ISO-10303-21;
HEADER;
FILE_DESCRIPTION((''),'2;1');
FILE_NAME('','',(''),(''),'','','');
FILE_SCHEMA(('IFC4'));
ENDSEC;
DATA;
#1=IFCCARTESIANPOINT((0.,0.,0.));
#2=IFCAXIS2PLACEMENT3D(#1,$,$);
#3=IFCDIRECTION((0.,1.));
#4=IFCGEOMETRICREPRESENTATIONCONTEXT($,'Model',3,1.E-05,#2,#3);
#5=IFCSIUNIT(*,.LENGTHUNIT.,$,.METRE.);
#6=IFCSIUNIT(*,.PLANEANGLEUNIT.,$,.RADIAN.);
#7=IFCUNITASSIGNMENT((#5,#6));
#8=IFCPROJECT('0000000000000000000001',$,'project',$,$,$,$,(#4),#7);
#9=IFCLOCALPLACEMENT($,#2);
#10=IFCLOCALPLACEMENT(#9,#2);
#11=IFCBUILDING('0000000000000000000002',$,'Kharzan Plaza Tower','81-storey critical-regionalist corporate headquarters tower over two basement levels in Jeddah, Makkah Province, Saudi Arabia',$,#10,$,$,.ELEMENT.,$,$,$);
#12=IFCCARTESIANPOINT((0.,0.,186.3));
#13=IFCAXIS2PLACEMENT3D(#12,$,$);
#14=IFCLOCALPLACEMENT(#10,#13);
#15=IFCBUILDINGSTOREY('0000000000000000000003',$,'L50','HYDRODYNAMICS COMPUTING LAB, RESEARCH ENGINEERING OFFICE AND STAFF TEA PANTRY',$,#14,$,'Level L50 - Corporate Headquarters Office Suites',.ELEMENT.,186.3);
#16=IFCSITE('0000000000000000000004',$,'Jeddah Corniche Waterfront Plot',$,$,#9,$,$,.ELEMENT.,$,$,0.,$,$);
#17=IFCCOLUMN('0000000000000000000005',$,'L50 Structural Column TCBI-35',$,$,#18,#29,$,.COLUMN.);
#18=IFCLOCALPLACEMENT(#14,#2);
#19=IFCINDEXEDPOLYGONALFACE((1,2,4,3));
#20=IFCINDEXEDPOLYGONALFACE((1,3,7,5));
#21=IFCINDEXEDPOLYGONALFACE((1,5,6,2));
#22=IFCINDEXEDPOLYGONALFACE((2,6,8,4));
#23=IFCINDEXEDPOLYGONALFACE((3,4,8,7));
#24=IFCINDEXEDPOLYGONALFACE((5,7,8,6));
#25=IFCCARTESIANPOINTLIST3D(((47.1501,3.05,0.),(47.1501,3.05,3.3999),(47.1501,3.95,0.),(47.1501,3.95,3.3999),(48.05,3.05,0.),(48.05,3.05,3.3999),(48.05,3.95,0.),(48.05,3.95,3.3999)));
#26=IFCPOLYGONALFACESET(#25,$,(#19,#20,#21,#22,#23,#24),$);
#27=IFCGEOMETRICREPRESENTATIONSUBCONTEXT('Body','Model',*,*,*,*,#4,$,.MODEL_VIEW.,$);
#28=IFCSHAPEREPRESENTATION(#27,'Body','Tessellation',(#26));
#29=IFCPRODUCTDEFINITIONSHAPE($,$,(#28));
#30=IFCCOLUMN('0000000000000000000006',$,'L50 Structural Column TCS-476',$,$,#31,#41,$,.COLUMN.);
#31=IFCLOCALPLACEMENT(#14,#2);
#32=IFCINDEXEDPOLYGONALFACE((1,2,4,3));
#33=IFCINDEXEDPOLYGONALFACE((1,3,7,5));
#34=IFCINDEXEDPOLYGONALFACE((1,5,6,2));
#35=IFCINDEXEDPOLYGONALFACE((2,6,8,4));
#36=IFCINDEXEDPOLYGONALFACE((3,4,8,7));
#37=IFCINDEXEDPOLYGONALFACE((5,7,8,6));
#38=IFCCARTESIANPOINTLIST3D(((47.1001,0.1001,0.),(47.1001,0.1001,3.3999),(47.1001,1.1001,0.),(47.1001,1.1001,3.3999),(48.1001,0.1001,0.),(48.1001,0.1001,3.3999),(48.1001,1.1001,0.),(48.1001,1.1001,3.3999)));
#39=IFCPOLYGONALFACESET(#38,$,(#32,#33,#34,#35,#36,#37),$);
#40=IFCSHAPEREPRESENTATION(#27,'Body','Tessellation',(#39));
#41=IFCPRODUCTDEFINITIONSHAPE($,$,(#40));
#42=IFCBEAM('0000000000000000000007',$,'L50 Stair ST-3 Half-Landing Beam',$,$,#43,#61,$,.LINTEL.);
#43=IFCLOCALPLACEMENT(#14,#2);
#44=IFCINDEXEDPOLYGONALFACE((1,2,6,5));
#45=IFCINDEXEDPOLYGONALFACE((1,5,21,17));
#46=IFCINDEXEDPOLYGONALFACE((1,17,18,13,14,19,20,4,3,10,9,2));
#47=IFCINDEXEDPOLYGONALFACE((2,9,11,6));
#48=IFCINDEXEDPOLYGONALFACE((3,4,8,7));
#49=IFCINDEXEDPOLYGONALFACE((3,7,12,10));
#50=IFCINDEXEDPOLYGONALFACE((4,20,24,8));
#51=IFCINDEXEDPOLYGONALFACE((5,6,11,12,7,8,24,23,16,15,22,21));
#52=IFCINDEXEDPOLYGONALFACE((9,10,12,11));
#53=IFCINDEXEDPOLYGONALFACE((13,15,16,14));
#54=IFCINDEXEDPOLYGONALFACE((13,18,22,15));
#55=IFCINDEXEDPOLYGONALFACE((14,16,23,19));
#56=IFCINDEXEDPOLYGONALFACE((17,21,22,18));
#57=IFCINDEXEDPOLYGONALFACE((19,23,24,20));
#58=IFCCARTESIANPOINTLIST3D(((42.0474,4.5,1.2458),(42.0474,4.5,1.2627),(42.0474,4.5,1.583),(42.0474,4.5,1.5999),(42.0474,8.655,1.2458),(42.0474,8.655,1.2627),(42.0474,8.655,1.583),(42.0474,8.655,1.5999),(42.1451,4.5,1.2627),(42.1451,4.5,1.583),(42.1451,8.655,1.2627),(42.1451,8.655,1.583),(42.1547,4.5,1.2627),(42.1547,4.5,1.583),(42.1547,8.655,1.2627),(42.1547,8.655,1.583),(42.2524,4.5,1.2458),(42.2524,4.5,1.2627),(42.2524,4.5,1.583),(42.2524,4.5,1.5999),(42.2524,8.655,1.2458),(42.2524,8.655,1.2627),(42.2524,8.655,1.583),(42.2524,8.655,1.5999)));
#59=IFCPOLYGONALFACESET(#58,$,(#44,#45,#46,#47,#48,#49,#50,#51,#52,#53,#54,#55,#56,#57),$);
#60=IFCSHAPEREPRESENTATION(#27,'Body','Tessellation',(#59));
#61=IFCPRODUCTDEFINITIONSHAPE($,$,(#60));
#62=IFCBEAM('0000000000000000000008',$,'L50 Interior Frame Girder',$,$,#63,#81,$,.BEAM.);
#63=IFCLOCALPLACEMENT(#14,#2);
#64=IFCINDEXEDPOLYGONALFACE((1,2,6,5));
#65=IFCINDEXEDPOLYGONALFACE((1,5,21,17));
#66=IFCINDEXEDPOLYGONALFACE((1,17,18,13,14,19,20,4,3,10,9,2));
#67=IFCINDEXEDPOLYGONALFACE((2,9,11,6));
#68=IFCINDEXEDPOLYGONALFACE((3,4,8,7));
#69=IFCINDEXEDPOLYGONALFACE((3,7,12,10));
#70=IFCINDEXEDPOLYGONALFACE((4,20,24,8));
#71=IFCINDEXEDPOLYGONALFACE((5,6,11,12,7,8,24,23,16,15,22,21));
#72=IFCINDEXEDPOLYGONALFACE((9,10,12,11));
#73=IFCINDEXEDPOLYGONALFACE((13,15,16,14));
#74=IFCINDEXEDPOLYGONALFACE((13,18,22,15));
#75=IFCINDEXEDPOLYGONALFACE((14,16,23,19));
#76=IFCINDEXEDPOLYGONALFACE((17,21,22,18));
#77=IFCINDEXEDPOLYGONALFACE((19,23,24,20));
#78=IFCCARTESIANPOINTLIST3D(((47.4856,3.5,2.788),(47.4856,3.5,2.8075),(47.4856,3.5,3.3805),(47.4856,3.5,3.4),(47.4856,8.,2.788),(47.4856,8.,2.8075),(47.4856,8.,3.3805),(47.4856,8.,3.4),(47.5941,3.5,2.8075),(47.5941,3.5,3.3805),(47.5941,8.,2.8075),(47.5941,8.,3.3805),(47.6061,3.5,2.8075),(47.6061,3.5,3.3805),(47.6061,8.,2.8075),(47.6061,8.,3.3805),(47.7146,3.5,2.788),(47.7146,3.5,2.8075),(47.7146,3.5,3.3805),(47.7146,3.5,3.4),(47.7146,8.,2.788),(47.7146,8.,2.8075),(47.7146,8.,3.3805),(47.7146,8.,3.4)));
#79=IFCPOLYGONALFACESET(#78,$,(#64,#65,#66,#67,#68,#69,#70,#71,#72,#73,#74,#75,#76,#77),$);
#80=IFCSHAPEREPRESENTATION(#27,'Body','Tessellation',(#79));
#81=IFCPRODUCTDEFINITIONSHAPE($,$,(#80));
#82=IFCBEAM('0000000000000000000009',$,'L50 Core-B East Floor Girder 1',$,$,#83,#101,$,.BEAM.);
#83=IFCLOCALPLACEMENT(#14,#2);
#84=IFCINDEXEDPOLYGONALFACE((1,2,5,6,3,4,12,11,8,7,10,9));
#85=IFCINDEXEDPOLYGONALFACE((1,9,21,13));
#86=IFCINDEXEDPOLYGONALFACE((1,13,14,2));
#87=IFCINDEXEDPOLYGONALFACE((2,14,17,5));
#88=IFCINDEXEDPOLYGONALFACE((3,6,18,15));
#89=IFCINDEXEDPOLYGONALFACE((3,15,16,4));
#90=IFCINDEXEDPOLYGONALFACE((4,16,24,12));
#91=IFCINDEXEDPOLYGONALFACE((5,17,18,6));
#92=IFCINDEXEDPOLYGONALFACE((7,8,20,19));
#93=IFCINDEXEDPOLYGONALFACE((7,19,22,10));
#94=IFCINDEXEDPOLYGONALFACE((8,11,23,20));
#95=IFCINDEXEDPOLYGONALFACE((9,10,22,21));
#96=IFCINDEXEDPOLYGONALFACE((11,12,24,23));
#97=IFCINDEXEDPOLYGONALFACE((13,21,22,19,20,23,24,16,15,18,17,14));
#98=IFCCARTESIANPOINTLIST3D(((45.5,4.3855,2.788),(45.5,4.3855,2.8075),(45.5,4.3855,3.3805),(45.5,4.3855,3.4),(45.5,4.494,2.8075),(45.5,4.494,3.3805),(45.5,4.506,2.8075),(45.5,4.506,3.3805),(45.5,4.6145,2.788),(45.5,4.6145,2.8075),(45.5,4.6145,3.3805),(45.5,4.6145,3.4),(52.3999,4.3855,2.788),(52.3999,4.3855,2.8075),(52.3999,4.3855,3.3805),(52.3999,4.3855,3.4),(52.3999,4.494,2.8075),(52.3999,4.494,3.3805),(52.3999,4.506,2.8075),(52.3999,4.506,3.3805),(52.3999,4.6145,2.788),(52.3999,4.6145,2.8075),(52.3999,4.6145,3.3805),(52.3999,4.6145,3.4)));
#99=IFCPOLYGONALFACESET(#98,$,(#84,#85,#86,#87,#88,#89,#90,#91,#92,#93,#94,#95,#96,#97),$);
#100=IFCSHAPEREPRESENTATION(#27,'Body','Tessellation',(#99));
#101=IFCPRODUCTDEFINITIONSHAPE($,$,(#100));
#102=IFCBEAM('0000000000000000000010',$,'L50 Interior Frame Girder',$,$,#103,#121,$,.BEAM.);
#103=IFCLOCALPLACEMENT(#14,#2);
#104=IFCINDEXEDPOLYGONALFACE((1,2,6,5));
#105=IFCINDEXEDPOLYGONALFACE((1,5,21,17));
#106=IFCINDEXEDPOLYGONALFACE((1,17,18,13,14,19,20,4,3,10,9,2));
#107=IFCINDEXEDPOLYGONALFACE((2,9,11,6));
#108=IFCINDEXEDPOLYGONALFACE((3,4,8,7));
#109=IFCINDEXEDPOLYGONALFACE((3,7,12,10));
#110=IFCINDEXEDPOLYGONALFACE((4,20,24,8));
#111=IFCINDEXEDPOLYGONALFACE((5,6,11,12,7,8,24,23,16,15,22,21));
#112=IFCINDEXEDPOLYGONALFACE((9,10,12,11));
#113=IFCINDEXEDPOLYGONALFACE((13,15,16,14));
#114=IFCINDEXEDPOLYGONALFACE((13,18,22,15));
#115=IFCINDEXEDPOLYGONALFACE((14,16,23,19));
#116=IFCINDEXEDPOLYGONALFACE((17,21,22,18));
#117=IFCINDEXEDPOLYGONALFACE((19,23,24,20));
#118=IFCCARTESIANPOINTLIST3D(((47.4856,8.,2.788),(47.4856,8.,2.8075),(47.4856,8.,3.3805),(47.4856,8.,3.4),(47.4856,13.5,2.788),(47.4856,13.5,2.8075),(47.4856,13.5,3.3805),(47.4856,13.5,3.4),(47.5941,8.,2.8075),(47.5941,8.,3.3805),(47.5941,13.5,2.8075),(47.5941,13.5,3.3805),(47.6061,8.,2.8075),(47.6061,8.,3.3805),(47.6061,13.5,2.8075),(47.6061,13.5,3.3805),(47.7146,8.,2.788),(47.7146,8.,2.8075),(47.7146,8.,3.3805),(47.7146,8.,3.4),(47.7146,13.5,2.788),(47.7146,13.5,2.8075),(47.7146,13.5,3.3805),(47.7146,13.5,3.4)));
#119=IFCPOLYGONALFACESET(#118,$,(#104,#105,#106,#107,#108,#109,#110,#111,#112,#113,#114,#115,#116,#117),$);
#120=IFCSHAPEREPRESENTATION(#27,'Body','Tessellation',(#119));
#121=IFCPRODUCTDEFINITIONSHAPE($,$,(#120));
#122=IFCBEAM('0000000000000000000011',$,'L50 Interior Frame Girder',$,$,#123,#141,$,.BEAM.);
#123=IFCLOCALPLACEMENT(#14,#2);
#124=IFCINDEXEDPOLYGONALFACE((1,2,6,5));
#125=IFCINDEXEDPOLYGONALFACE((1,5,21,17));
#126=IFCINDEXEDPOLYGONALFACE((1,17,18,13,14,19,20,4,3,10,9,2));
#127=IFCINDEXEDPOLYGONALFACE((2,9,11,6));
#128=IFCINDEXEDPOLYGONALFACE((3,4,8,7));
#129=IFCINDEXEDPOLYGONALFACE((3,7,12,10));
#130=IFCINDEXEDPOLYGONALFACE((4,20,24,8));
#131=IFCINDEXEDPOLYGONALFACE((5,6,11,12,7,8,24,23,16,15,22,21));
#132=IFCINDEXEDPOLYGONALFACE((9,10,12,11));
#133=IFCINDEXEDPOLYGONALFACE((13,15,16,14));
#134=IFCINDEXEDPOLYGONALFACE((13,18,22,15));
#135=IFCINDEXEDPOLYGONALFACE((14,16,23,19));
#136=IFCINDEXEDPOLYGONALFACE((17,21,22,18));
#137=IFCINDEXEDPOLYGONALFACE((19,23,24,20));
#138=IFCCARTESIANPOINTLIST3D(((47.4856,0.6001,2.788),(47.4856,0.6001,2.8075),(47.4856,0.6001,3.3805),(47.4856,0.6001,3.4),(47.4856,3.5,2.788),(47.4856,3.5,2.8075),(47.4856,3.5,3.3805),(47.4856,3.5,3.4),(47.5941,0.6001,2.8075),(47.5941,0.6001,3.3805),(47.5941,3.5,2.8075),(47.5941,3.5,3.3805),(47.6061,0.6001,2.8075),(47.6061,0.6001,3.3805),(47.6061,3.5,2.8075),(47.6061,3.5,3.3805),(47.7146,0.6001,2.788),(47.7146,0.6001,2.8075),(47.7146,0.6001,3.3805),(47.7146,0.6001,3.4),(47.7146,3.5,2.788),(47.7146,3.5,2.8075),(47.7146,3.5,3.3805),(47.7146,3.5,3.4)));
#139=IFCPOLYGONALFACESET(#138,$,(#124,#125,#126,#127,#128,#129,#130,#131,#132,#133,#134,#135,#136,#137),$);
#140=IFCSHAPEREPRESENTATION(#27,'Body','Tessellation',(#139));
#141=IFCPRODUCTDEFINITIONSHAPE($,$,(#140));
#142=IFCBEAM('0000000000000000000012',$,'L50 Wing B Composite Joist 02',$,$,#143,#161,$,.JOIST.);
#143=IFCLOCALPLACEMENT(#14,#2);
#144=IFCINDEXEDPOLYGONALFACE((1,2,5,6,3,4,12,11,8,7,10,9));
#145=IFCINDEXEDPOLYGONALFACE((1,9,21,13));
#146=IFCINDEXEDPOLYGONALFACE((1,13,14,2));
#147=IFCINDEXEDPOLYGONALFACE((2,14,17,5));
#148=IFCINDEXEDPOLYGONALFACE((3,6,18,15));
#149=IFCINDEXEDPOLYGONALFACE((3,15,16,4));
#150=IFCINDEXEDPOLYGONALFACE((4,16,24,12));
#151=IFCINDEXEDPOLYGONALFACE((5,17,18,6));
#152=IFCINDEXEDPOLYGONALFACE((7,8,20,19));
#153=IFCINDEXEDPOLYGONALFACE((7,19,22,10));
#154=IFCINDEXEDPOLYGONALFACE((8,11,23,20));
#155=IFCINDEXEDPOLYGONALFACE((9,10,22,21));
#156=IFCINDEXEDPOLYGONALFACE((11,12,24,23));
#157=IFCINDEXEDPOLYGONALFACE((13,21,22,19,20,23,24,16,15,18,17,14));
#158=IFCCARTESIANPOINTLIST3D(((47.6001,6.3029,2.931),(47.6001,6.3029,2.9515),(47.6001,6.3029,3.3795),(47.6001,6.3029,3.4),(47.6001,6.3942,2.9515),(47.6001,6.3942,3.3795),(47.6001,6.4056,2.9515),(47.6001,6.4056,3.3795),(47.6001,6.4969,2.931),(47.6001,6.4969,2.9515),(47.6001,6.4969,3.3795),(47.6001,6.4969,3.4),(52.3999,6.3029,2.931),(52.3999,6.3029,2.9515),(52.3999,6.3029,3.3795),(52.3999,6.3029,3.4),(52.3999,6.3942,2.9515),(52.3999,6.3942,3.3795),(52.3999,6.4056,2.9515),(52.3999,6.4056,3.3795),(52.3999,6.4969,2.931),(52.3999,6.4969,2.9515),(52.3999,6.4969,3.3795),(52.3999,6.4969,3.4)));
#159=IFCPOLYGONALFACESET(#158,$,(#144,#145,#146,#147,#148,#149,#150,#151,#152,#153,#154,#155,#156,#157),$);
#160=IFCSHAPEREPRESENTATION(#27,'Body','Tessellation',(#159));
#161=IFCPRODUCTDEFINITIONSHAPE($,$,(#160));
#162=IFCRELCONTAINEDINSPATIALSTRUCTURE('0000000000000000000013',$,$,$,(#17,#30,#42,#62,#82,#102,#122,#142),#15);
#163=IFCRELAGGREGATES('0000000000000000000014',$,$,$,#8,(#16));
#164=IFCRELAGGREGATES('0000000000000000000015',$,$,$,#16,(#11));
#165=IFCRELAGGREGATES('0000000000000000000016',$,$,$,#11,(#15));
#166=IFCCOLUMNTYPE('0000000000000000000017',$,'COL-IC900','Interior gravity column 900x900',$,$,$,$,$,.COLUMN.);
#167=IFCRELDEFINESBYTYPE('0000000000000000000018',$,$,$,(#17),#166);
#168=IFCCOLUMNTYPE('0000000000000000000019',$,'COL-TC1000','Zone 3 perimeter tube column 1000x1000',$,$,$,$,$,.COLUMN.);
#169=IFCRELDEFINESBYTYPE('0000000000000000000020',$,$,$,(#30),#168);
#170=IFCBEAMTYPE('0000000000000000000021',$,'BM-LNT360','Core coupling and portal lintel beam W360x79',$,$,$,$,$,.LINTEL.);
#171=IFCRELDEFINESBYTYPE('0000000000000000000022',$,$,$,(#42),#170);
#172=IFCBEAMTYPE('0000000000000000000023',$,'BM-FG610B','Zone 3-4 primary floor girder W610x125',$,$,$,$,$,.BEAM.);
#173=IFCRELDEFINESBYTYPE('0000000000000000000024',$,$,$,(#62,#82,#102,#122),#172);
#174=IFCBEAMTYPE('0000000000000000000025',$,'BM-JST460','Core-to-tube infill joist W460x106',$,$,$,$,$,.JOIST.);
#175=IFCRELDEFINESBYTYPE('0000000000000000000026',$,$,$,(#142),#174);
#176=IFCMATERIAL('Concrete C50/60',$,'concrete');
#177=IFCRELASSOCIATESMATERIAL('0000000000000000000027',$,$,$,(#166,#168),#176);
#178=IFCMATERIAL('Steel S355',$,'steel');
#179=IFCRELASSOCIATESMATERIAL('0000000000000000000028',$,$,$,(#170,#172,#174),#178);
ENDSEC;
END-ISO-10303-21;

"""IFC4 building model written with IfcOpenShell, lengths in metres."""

from ifc_helpers import new_model, si_unit, direction, frame, origin, origin_2d, place, context, subcontext, project, spatial, rectangle, i_section, extrude, source, transform, mapped, material, material_profile, profile_set, type_object, element, save


model = new_model("IFC4")

# Units and contexts
model_context = context("Model", 3, precision=1e-05, world=origin(), true_north=direction((0.0, 1.0)))
body_context = subcontext(model_context, "Body", "Model", "MODEL_VIEW")
ifc_project = project(units=[si_unit("LENGTHUNIT", "METRE"), si_unit("PLANEANGLEUNIT", "RADIAN")], contexts=[model_context])

# Site, building, storey
site_placement = place(None, origin())
site = spatial("IfcSite", under=ifc_project, at=site_placement, Name="Jeddah Corniche Waterfront Plot", CompositionType="ELEMENT", RefElevation=0.0)
building_placement = place(site_placement, origin())
building = spatial("IfcBuilding", under=site, at=building_placement, Name="Kharzan Plaza Tower", Description="81-storey critical-regionalist corporate headquarters tower over two basement levels in Jeddah, Makkah Province, Saudi Arabia", CompositionType="ELEMENT")
storey_placement = place(building_placement, frame((0.0, 0.0, 186.3)))
storey = spatial("IfcBuildingStorey", under=building, at=storey_placement, Name="L50", Description="HYDRODYNAMICS COMPUTING LAB, RESEARCH ENGINEERING OFFICE AND STAFF TEA PANTRY", LongName="Level L50 - Corporate Headquarters Office Suites", CompositionType="ELEMENT", Elevation=186.3)

# Columns
ifc_material_1 = material(Name="Concrete C50/60", Category="concrete")
ifc_material_profile_1 = material_profile(ifc_material_1, rectangle(XDim=0.8999, YDim=0.8999, at=origin_2d()), Name="RC-IC900x900")
ifc_profile_set_1 = profile_set([ifc_material_profile_1], Name="Concrete C50/60")
column_type_1 = type_object("IfcColumnType", Name="COL-IC900", Description="Interior gravity column 900x900", PredefinedType="COLUMN", material=ifc_profile_set_1)
shared_shape_1 = source(origin(), body_context, "Body", "SweptSolid", [
    extrude(rectangle(XDim=0.8999, YDim=0.8999, at=origin_2d()), origin(), (0.0, 0.0, 1.0), 3.3999),
])
column_1_placement = place(storey_placement, frame((47.6001, 3.5, 0.0), z_axis=(0.0, 0.0, 1.0), x_axis=(1.0, 0.0, 0.0)))
element("IfcColumn", 1, at=column_1_placement, inside=storey, type_object=column_type_1, Name="L50 Structural Column TCBI-35", PredefinedType="COLUMN", context=body_context, shape_type="MappedRepresentation", body=[
    mapped(shared_shape_1, transform((0.0, 0.0, 0.0), x_axis=(1.0, 0.0, 0.0), y_axis=(0.0, 1.0, 0.0), z_axis=(0.0, 0.0, 1.0))),
])
ifc_material_profile_2 = material_profile(ifc_material_1, rectangle(XDim=1.0, YDim=1.0, at=origin_2d()), Name="RC-TC1000x1000")
ifc_profile_set_2 = profile_set([ifc_material_profile_2], Name="Concrete C50/60")
column_type_2 = type_object("IfcColumnType", Name="COL-TC1000", Description="Zone 3 perimeter tube column 1000x1000", PredefinedType="COLUMN", material=ifc_profile_set_2)
shared_shape_2 = source(origin(), body_context, "Body", "SweptSolid", [
    extrude(rectangle(XDim=1.0, YDim=1.0, at=origin_2d()), origin(), (0.0, 0.0, 1.0), 3.3999),
])
column_2_placement = place(storey_placement, frame((47.6001, 0.6001, 0.0), z_axis=(0.0, 0.0, 1.0), x_axis=(1.0, 0.0, 0.0)))
element("IfcColumn", 2, at=column_2_placement, inside=storey, type_object=column_type_2, Name="L50 Structural Column TCS-476", PredefinedType="COLUMN", context=body_context, shape_type="MappedRepresentation", body=[
    mapped(shared_shape_2, transform((0.0, 0.0, 0.0), x_axis=(1.0, 0.0, 0.0), y_axis=(0.0, 1.0, 0.0), z_axis=(0.0, 0.0, 1.0))),
])

# Beams
ifc_material_2 = material(Name="Steel S355", Category="steel")
ifc_material_profile_3 = material_profile(ifc_material_2, i_section(OverallWidth=0.2051, OverallDepth=0.354, WebThickness=0.0095, FlangeThickness=0.0168, at=origin_2d()), Name="W360x79")
ifc_profile_set_3 = profile_set([ifc_material_profile_3], Name="Steel S355")
beam_type_1 = type_object("IfcBeamType", Name="BM-LNT360", Description="Core coupling and portal lintel beam W360x79", PredefinedType="LINTEL", material=ifc_profile_set_3)
shared_shape_3 = source(origin(), body_context, "Body", "SweptSolid", [
    extrude(i_section(OverallWidth=0.2051, OverallDepth=0.354, WebThickness=0.0095, FlangeThickness=0.0168, at=origin_2d()), origin(), (0.0, 0.0, 1.0), 4.155),
])
beam_1_placement = place(storey_placement, frame((42.1499, 4.5, 1.4229), z_axis=(0.0, 1.0, 0.0), x_axis=(-1.0, 0.0, 0.0)))
element("IfcBeam", 3, at=beam_1_placement, inside=storey, type_object=beam_type_1, Name="L50 Stair ST-3 Half-Landing Beam", PredefinedType="LINTEL", context=body_context, shape_type="MappedRepresentation", body=[
    mapped(shared_shape_3, transform((0.0, 0.0, 0.0), x_axis=(1.0, 0.0, 0.0), y_axis=(0.0, 1.0, 0.0), z_axis=(0.0, 0.0, 1.0))),
])
ifc_material_profile_4 = material_profile(ifc_material_2, i_section(OverallWidth=0.229, OverallDepth=0.6121, WebThickness=0.012, FlangeThickness=0.0195, at=origin_2d()), Name="W610x125")
ifc_profile_set_4 = profile_set([ifc_material_profile_4], Name="Steel S355")
beam_type_2 = type_object("IfcBeamType", Name="BM-FG610B", Description="Zone 3-4 primary floor girder W610x125", PredefinedType="BEAM", material=ifc_profile_set_4)
shared_shape_4 = source(origin(), body_context, "Body", "SweptSolid", [
    extrude(i_section(OverallWidth=0.229, OverallDepth=0.6121, WebThickness=0.012, FlangeThickness=0.0195, at=origin_2d()), origin(), (0.0, 0.0, 1.0), 4.5),
])
beam_2_placement = place(storey_placement, frame((47.6001, 3.5, 3.094), z_axis=(0.0, 1.0, 0.0), x_axis=(-1.0, 0.0, 0.0)))
element("IfcBeam", 4, at=beam_2_placement, inside=storey, type_object=beam_type_2, Name="L50 Interior Frame Girder", PredefinedType="BEAM", context=body_context, shape_type="MappedRepresentation", body=[
    mapped(shared_shape_4, transform((0.0, 0.0, 0.0), x_axis=(1.0, 0.0, 0.0), y_axis=(0.0, 1.0, 0.0), z_axis=(0.0, 0.0, 1.0))),
])
shared_shape_5 = source(origin(), body_context, "Body", "SweptSolid", [
    extrude(i_section(OverallWidth=0.229, OverallDepth=0.6121, WebThickness=0.012, FlangeThickness=0.0195, at=origin_2d()), origin(), (0.0, 0.0, 1.0), 6.8999),
])
beam_3_placement = place(storey_placement, frame((45.5, 4.5, 3.094), z_axis=(1.0, 0.0, 0.0), x_axis=(0.0, 1.0, 0.0)))
element("IfcBeam", 5, at=beam_3_placement, inside=storey, type_object=beam_type_2, Name="L50 Core-B East Floor Girder 1", PredefinedType="BEAM", context=body_context, shape_type="MappedRepresentation", body=[
    mapped(shared_shape_5, transform((0.0, 0.0, 0.0), x_axis=(1.0, 0.0, 0.0), y_axis=(0.0, 1.0, 0.0), z_axis=(0.0, 0.0, 1.0))),
])
shared_shape_6 = source(origin(), body_context, "Body", "SweptSolid", [
    extrude(i_section(OverallWidth=0.229, OverallDepth=0.6121, WebThickness=0.012, FlangeThickness=0.0195, at=origin_2d()), origin(), (0.0, 0.0, 1.0), 5.5),
])
beam_4_placement = place(storey_placement, frame((47.6001, 8.0, 3.094), z_axis=(0.0, 1.0, 0.0), x_axis=(-1.0, 0.0, 0.0)))
element("IfcBeam", 6, at=beam_4_placement, inside=storey, type_object=beam_type_2, Name="L50 Interior Frame Girder", PredefinedType="BEAM", context=body_context, shape_type="MappedRepresentation", body=[
    mapped(shared_shape_6, transform((0.0, 0.0, 0.0), x_axis=(1.0, 0.0, 0.0), y_axis=(0.0, 1.0, 0.0), z_axis=(0.0, 0.0, 1.0))),
])
shared_shape_7 = source(origin(), body_context, "Body", "SweptSolid", [
    extrude(i_section(OverallWidth=0.229, OverallDepth=0.6121, WebThickness=0.012, FlangeThickness=0.0195, at=origin_2d()), origin(), (0.0, 0.0, 1.0), 2.8999),
])
beam_5_placement = place(storey_placement, frame((47.6001, 0.6001, 3.094), z_axis=(0.0, 1.0, 0.0), x_axis=(-1.0, 0.0, 0.0)))
element("IfcBeam", 7, at=beam_5_placement, inside=storey, type_object=beam_type_2, Name="L50 Interior Frame Girder", PredefinedType="BEAM", context=body_context, shape_type="MappedRepresentation", body=[
    mapped(shared_shape_7, transform((0.0, 0.0, 0.0), x_axis=(1.0, 0.0, 0.0), y_axis=(0.0, 1.0, 0.0), z_axis=(0.0, 0.0, 1.0))),
])
ifc_material_profile_5 = material_profile(ifc_material_2, i_section(OverallWidth=0.1941, OverallDepth=0.469, WebThickness=0.0115, FlangeThickness=0.0205, at=origin_2d()), Name="W460x106")
ifc_profile_set_5 = profile_set([ifc_material_profile_5], Name="Steel S355")
beam_type_3 = type_object("IfcBeamType", Name="BM-JST460", Description="Core-to-tube infill joist W460x106", PredefinedType="JOIST", material=ifc_profile_set_5)
shared_shape_8 = source(origin(), body_context, "Body", "SweptSolid", [
    extrude(i_section(OverallWidth=0.1941, OverallDepth=0.469, WebThickness=0.0115, FlangeThickness=0.0205, at=origin_2d()), origin(), (0.0, 0.0, 1.0), 4.7998),
])
beam_6_placement = place(storey_placement, frame((47.6001, 6.3999, 3.1655), z_axis=(1.0, 0.0, 0.0), x_axis=(0.0, 1.0, 0.0)))
element("IfcBeam", 8, at=beam_6_placement, inside=storey, type_object=beam_type_3, Name="L50 Wing B Composite Joist 02", PredefinedType="JOIST", context=body_context, shape_type="MappedRepresentation", body=[
    mapped(shared_shape_8, transform((0.0, 0.0, 0.0), x_axis=(1.0, 0.0, 0.0), y_axis=(0.0, 1.0, 0.0), z_axis=(0.0, 0.0, 1.0))),
])

save(model, "model.ifc")
